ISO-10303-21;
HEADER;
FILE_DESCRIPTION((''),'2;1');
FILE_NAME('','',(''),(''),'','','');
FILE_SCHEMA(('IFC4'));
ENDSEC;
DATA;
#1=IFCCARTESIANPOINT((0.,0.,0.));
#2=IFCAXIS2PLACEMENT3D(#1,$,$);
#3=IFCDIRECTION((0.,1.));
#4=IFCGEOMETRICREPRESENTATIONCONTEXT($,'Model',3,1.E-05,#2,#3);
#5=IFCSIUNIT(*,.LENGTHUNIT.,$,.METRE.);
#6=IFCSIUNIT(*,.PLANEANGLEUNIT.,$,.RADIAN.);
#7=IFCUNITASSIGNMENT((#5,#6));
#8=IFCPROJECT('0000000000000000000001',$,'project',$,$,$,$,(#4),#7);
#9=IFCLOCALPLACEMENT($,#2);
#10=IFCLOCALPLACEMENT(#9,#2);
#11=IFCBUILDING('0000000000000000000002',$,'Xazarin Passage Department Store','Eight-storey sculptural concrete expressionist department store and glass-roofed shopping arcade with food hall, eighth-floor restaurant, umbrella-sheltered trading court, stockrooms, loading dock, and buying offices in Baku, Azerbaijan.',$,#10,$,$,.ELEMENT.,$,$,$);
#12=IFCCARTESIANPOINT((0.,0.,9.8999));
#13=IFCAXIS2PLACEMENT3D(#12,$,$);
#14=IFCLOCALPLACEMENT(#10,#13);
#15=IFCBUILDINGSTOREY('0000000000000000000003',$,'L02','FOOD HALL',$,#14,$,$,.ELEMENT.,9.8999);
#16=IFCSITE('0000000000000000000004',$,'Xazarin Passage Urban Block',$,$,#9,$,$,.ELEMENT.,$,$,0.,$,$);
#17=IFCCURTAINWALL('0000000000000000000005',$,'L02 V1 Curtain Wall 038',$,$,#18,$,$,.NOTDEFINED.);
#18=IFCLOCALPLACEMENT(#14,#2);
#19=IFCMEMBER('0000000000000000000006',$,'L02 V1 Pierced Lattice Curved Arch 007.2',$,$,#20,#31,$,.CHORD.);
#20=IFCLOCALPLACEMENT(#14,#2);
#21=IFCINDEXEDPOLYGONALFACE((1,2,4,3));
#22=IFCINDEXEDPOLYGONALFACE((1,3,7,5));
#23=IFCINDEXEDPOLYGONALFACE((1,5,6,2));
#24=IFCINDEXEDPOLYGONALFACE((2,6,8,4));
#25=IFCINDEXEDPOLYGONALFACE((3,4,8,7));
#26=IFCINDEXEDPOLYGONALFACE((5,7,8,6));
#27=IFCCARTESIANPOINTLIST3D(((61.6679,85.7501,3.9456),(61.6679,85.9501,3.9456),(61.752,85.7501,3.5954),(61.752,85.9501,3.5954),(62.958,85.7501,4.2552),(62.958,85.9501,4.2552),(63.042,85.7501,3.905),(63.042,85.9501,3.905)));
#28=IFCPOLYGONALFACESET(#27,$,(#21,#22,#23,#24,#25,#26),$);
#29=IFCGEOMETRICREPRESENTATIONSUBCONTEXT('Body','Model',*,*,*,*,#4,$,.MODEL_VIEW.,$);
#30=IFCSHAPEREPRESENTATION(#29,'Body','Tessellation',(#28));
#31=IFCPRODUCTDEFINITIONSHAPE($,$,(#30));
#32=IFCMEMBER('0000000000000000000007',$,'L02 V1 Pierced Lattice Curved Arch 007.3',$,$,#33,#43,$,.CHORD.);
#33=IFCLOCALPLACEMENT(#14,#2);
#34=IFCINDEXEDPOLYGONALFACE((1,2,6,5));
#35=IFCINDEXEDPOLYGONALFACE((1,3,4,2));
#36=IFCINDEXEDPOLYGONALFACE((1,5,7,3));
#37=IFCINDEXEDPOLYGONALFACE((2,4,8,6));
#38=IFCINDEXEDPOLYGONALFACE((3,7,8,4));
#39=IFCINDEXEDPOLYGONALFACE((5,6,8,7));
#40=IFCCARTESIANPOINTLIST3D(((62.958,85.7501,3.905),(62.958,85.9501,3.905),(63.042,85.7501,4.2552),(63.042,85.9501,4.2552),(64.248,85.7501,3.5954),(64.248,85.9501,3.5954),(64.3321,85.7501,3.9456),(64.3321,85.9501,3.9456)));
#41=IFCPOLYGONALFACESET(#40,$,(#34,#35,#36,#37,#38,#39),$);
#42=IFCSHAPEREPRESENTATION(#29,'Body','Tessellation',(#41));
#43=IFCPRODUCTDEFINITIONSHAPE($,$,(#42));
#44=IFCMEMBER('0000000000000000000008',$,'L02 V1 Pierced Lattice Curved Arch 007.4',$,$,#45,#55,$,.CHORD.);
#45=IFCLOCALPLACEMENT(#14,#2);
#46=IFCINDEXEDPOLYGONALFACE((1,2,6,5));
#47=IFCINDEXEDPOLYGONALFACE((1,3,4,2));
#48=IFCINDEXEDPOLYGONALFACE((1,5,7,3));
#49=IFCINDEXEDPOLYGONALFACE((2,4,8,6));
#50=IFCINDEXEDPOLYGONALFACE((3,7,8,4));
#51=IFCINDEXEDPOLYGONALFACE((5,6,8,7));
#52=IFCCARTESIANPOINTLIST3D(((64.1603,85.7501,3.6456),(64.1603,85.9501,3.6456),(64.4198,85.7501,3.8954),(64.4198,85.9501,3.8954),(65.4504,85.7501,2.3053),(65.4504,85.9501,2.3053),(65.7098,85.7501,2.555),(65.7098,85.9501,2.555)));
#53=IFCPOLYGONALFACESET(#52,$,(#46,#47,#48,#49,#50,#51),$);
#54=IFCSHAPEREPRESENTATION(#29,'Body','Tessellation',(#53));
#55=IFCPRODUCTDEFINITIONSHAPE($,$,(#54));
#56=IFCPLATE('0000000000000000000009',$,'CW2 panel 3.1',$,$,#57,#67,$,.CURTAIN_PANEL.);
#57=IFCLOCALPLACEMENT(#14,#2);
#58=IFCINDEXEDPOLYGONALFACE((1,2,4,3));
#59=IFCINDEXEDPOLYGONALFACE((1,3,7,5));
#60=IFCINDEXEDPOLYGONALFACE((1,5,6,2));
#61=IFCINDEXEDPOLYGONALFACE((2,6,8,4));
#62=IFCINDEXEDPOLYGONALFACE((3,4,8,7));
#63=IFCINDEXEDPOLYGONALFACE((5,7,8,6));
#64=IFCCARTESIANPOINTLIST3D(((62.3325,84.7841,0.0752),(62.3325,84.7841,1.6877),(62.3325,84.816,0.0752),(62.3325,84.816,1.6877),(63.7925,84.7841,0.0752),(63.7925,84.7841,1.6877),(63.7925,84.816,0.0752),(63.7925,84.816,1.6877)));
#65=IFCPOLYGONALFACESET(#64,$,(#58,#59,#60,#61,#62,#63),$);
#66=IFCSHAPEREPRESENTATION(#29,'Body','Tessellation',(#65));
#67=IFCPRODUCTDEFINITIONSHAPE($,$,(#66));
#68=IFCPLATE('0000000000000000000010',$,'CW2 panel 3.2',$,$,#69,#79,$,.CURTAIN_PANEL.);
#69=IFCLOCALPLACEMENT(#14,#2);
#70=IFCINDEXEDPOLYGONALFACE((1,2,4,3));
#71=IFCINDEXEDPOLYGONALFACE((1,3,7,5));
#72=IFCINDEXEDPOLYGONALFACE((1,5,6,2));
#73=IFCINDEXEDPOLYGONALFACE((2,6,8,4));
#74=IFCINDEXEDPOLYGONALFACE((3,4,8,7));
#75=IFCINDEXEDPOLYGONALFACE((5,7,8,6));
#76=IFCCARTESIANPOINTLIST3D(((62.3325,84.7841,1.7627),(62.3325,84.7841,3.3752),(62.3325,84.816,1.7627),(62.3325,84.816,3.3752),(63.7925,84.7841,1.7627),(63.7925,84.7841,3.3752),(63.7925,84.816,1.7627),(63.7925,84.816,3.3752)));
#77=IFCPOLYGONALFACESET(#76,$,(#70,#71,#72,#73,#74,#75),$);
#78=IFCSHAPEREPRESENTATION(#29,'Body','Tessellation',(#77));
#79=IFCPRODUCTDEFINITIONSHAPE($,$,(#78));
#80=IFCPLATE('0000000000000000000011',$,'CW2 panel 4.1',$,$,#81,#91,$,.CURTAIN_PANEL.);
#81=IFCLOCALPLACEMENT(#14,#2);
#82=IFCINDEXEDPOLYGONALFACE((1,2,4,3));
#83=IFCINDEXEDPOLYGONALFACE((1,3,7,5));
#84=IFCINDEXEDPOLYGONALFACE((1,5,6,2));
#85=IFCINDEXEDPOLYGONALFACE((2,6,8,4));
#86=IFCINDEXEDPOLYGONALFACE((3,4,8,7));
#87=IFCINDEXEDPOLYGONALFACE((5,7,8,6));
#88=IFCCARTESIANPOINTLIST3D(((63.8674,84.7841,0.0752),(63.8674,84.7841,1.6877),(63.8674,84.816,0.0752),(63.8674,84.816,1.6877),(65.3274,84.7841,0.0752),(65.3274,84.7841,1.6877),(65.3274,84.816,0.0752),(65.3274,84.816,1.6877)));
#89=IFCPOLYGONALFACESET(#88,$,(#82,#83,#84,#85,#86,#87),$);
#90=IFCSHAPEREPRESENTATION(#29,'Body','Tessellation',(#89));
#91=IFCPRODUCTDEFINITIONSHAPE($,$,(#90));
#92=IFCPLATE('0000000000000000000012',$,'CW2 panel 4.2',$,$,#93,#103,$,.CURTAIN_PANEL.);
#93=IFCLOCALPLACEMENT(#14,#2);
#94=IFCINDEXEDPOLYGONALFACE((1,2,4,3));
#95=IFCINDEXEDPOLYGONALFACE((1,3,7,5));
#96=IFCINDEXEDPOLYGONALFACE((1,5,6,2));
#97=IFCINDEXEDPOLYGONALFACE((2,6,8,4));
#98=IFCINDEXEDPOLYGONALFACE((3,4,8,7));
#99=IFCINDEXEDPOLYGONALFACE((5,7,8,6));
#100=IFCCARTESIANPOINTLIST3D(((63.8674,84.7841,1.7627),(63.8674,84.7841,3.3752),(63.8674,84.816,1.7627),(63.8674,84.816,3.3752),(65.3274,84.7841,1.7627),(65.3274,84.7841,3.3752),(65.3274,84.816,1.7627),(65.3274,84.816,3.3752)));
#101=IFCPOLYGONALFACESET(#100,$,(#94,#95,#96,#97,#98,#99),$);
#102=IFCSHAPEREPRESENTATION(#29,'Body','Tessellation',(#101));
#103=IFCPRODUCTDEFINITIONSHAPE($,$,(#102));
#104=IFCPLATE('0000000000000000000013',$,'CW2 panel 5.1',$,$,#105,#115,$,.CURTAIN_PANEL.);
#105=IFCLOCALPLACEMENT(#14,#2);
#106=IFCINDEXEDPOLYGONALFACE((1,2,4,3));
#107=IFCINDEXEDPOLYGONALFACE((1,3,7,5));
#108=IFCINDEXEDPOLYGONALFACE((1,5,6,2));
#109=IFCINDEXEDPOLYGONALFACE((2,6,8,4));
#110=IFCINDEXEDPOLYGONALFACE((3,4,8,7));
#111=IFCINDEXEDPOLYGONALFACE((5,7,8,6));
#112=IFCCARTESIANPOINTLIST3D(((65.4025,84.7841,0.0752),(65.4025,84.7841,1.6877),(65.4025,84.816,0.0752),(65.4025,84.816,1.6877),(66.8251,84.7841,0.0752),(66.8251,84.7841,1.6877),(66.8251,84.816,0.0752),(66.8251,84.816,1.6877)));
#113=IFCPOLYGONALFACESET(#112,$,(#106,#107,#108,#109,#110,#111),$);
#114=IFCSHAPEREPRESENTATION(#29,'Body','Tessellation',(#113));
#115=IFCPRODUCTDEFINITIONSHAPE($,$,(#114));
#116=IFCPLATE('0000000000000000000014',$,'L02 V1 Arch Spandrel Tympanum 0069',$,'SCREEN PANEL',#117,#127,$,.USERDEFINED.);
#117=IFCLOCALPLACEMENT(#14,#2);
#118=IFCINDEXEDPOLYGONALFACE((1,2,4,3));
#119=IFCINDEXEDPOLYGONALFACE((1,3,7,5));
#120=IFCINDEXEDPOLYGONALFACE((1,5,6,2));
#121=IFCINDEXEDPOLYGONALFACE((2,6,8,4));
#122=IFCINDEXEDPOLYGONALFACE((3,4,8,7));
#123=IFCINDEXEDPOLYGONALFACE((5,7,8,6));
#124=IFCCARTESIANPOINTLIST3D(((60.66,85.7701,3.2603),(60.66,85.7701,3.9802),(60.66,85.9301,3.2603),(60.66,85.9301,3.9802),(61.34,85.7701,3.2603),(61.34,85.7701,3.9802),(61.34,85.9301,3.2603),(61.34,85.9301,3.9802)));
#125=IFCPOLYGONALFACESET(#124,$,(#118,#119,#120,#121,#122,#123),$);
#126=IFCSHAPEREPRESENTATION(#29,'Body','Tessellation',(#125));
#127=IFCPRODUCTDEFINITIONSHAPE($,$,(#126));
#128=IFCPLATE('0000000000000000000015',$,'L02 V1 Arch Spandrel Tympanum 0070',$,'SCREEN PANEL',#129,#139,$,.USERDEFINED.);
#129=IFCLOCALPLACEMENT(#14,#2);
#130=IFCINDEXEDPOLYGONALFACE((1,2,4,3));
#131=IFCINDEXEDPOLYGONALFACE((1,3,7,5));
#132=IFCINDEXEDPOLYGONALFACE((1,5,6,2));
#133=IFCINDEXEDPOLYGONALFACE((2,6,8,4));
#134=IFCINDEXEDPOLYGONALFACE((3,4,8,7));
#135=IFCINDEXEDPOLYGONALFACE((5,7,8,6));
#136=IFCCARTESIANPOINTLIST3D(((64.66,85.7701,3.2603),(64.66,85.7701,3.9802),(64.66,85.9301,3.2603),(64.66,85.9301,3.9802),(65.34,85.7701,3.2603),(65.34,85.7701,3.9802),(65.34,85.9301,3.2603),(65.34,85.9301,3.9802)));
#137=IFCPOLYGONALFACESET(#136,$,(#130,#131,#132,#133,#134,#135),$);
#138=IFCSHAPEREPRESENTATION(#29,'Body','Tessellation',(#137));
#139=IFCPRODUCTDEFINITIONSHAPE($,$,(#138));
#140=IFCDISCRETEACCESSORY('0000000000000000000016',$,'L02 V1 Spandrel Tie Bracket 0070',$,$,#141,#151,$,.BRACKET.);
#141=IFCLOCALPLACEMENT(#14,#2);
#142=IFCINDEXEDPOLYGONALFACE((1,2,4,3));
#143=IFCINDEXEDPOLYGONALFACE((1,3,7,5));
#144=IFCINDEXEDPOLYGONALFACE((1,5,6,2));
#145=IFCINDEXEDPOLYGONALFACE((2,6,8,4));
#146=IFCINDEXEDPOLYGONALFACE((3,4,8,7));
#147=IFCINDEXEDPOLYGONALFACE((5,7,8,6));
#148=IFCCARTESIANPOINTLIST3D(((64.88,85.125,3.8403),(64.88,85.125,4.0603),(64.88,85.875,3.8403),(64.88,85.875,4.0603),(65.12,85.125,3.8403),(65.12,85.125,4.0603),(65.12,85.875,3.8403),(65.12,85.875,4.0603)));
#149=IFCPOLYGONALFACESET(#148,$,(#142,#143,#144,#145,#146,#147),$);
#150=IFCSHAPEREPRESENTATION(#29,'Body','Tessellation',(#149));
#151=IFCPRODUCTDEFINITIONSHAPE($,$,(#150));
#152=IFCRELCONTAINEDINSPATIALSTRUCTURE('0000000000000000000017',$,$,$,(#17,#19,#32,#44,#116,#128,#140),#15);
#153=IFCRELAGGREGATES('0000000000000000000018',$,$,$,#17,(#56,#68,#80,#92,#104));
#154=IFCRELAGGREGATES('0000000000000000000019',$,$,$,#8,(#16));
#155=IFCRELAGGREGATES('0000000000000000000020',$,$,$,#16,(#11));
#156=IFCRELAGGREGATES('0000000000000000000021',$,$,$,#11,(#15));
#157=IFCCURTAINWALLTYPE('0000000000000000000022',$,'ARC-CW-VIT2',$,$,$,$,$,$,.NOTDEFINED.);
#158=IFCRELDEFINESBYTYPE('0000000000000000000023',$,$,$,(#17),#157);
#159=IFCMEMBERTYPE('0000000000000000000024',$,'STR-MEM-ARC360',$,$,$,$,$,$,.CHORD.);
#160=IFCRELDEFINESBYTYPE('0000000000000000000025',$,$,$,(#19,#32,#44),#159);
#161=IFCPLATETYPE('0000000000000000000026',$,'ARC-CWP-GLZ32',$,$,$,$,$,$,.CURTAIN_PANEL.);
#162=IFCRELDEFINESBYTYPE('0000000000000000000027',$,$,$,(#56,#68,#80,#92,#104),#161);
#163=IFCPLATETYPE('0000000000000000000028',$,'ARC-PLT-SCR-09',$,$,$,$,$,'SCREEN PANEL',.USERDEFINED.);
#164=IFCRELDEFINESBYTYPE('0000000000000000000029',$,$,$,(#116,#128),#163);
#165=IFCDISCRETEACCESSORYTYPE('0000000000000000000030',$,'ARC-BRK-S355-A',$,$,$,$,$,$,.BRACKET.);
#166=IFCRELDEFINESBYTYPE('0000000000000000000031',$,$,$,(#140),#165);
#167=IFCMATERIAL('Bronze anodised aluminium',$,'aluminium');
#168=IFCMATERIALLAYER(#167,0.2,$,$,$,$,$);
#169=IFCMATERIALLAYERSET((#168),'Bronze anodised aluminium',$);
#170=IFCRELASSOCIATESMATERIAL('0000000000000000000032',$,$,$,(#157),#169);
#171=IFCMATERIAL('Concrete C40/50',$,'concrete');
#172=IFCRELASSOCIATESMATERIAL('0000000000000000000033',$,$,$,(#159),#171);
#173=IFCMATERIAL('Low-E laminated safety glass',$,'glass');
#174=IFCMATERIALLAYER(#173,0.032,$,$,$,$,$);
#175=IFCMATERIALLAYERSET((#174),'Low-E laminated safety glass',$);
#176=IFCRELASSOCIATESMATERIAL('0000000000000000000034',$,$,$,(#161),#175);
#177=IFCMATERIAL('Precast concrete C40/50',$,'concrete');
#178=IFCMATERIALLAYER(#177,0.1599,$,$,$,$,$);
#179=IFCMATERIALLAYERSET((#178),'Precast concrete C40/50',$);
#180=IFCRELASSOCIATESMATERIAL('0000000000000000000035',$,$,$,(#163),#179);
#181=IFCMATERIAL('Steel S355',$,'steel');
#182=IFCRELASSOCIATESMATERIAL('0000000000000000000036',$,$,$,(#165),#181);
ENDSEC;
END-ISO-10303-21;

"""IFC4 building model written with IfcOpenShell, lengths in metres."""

from ifc_helpers import new_model, si_unit, direction, frame, origin, origin_2d, place, context, subcontext, project, spatial, rectangle, extrude, material, layer, layer_set, material_profile, profile_set, type_object, element, aggregate, save


model = new_model("IFC4")

# Units and contexts
model_context = context("Model", 3, precision=1e-05, world=origin(), true_north=direction((0.0, 1.0)))
body_context = subcontext(model_context, "Body", "Model", "MODEL_VIEW")
ifc_project = project(units=[si_unit("LENGTHUNIT", "METRE"), si_unit("PLANEANGLEUNIT", "RADIAN")], contexts=[model_context])

# Site, building, storey
site_placement = place(None, origin())
site = spatial("IfcSite", under=ifc_project, at=site_placement, Name="Xazarin Passage Urban Block", CompositionType="ELEMENT", RefElevation=0.0)
building_placement = place(site_placement, origin())
building = spatial("IfcBuilding", under=site, at=building_placement, Name="Xazarin Passage Department Store", Description="Eight-storey sculptural concrete expressionist department store and glass-roofed shopping arcade with food hall, eighth-floor restaurant, umbrella-sheltered trading court, stockrooms, loading dock, and buying offices in Baku, Azerbaijan.", CompositionType="ELEMENT")
storey_placement = place(building_placement, frame((0.0, 0.0, 9.8999)))
storey = spatial("IfcBuildingStorey", under=building, at=storey_placement, Name="L02", Description="FOOD HALL", CompositionType="ELEMENT", Elevation=9.8999)

# Shared definitions
ifc_material_1 = material(Name="Concrete C40/50", Category="concrete")

# Curtain wall
ifc_material_2 = material(Name="Bronze anodised aluminium", Category="aluminium")
ifc_layer_1 = layer(ifc_material_2, 0.2)
ifc_layer_set_1 = layer_set([ifc_layer_1], Name="Bronze anodised aluminium")
curtain_wall_type = type_object("IfcCurtainWallType", Name="ARC-CW-VIT2", PredefinedType="NOTDEFINED", material=ifc_layer_set_1)
curtain_wall_placement = place(storey_placement, origin())
curtain_wall = element("IfcCurtainWall", 1, at=curtain_wall_placement, inside=storey, type_object=curtain_wall_type, Name="L02 V1 Curtain Wall 038", PredefinedType="NOTDEFINED")

# Members
ifc_material_profile_1 = material_profile(ifc_material_1, rectangle(XDim=0.2, YDim=0.3601, at=origin_2d()), Name="RC 200x360")
ifc_profile_set_1 = profile_set([ifc_material_profile_1], Name="Concrete C40/50")
member_type_1 = type_object("IfcMemberType", Name="STR-MEM-ARC360", PredefinedType="CHORD", material=ifc_profile_set_1)
for number, where, z_axis, x_axis, name in (
    (2, (61.71, 85.8501, 3.7705), (0.972394, 0.0, 0.233345), (0.0, 1.0, 0.0), "L02 V1 Pierced Lattice Curved Arch 007.2"),
    (3, (63.0, 85.8501, 4.0801), (0.972394, 0.0, -0.233345), (0.0, 1.0, 0.0), "L02 V1 Pierced Lattice Curved Arch 007.3"),
):
    element("IfcMember", number, at=place(storey_placement, frame(where, z_axis=z_axis, x_axis=x_axis)), inside=storey, type_object=member_type_1, Name=name, PredefinedType="CHORD", context=body_context, shape_type="SweptSolid", body=[
        extrude(rectangle(XDim=0.2, YDim=0.3601, at=origin_2d()), origin(), (0.0, 0.0, 1.0), 1.3267),
    ])
member_1_placement = place(storey_placement, frame((64.29, 85.8501, 3.7705), z_axis=(0.69346, 0.0, -0.720495), x_axis=(0.0, 1.0, 0.0)))
element("IfcMember", 4, at=member_1_placement, inside=storey, type_object=member_type_1, Name="L02 V1 Pierced Lattice Curved Arch 007.4", PredefinedType="CHORD", context=body_context, shape_type="SweptSolid", body=[
    extrude(rectangle(XDim=0.2, YDim=0.3601, at=origin_2d()), origin(), (0.0, 0.0, 1.0), 1.8604),
])

# Plates
ifc_material_3 = material(Name="Low-E laminated safety glass", Category="glass")
ifc_layer_2 = layer(ifc_material_3, 0.032)
ifc_layer_set_2 = layer_set([ifc_layer_2], Name="Low-E laminated safety glass")
plate_type_1 = type_object("IfcPlateType", Name="ARC-CWP-GLZ32", PredefinedType="CURTAIN_PANEL", material=ifc_layer_set_2)
plate_1_placement = place(storey_placement, frame((63.0625, 84.8, 0.0752), z_axis=(0.0, 0.0, 1.0), x_axis=(1.0, 0.0, 0.0)))
plate_1 = element("IfcPlate", 5, at=plate_1_placement, type_object=plate_type_1, Name="CW2 panel 3.1", PredefinedType="CURTAIN_PANEL", context=body_context, shape_type="SweptSolid", body=[
    extrude(rectangle(XDim=1.46, YDim=0.032, at=origin_2d()), origin(), (0.0, 0.0, 1.0), 1.6125),
])
plate_2_placement = place(storey_placement, frame((63.0625, 84.8, 1.7627), z_axis=(0.0, 0.0, 1.0), x_axis=(1.0, 0.0, 0.0)))
plate_2 = element("IfcPlate", 6, at=plate_2_placement, type_object=plate_type_1, Name="CW2 panel 3.2", PredefinedType="CURTAIN_PANEL", context=body_context, shape_type="SweptSolid", body=[
    extrude(rectangle(XDim=1.46, YDim=0.032, at=origin_2d()), origin(), (0.0, 0.0, 1.0), 1.6125),
])
plate_3_placement = place(storey_placement, frame((64.5974, 84.8, 0.0752), z_axis=(0.0, 0.0, 1.0), x_axis=(1.0, 0.0, 0.0)))
plate_3 = element("IfcPlate", 7, at=plate_3_placement, type_object=plate_type_1, Name="CW2 panel 4.1", PredefinedType="CURTAIN_PANEL", context=body_context, shape_type="SweptSolid", body=[
    extrude(rectangle(XDim=1.46, YDim=0.032, at=origin_2d()), origin(), (0.0, 0.0, 1.0), 1.6125),
])
plate_4_placement = place(storey_placement, frame((64.5974, 84.8, 1.7627), z_axis=(0.0, 0.0, 1.0), x_axis=(1.0, 0.0, 0.0)))
plate_4 = element("IfcPlate", 8, at=plate_4_placement, type_object=plate_type_1, Name="CW2 panel 4.2", PredefinedType="CURTAIN_PANEL", context=body_context, shape_type="SweptSolid", body=[
    extrude(rectangle(XDim=1.46, YDim=0.032, at=origin_2d()), origin(), (0.0, 0.0, 1.0), 1.6125),
])
plate_5_placement = place(storey_placement, frame((66.1138, 84.8, 0.0752), z_axis=(0.0, 0.0, 1.0), x_axis=(1.0, 0.0, 0.0)))
plate_5 = element("IfcPlate", 9, at=plate_5_placement, type_object=plate_type_1, Name="CW2 panel 5.1", PredefinedType="CURTAIN_PANEL", context=body_context, shape_type="SweptSolid", body=[
    extrude(rectangle(XDim=1.4226, YDim=0.032, at=origin_2d()), origin(), (0.0, 0.0, 1.0), 1.6125),
])
aggregate(curtain_wall, [plate_1, plate_2, plate_3, plate_4, plate_5])

# Plates
ifc_material_4 = material(Name="Precast concrete C40/50", Category="concrete")
ifc_layer_3 = layer(ifc_material_4, 0.1599)
ifc_layer_set_3 = layer_set([ifc_layer_3], Name="Precast concrete C40/50")
plate_type_2 = type_object("IfcPlateType", Name="ARC-PLT-SCR-09", ElementType="SCREEN PANEL", PredefinedType="USERDEFINED", material=ifc_layer_set_3)
for number, where, z_axis, x_axis, name in (
    (10, (61.0, 85.8501, 3.2603), (0.0, 0.0, 1.0), (1.0, 0.0, 0.0), "L02 V1 Arch Spandrel Tympanum 0069"),
    (11, (65.0, 85.8501, 3.2603), (0.0, 0.0, 1.0), (1.0, 0.0, 0.0), "L02 V1 Arch Spandrel Tympanum 0070"),
):
    element("IfcPlate", number, at=place(storey_placement, frame(where, z_axis=z_axis, x_axis=x_axis)), inside=storey, type_object=plate_type_2, Name=name, ObjectType="SCREEN PANEL", PredefinedType="USERDEFINED", context=body_context, shape_type="SweptSolid", body=[
        extrude(rectangle(XDim=0.6799, YDim=0.1599, at=origin_2d()), origin(), (0.0, 0.0, 1.0), 0.72),
    ])

# Discrete accessory
ifc_material_5 = material(Name="Steel S355", Category="steel")
discrete_accessory_type = type_object("IfcDiscreteAccessoryType", Name="ARC-BRK-S355-A", PredefinedType="BRACKET", material=ifc_material_5)
discrete_accessory_placement = place(storey_placement, frame((65.0, 85.5, 3.8403), z_axis=(0.0, 0.0, 1.0), x_axis=(1.0, 0.0, 0.0)))
element("IfcDiscreteAccessory", 12, at=discrete_accessory_placement, inside=storey, type_object=discrete_accessory_type, Name="L02 V1 Spandrel Tie Bracket 0070", PredefinedType="BRACKET", context=body_context, shape_type="SweptSolid", body=[
    extrude(rectangle(XDim=0.24, YDim=0.75, at=origin_2d()), origin(), (0.0, 0.0, 1.0), 0.22),
])

save(model, "model.ifc")
